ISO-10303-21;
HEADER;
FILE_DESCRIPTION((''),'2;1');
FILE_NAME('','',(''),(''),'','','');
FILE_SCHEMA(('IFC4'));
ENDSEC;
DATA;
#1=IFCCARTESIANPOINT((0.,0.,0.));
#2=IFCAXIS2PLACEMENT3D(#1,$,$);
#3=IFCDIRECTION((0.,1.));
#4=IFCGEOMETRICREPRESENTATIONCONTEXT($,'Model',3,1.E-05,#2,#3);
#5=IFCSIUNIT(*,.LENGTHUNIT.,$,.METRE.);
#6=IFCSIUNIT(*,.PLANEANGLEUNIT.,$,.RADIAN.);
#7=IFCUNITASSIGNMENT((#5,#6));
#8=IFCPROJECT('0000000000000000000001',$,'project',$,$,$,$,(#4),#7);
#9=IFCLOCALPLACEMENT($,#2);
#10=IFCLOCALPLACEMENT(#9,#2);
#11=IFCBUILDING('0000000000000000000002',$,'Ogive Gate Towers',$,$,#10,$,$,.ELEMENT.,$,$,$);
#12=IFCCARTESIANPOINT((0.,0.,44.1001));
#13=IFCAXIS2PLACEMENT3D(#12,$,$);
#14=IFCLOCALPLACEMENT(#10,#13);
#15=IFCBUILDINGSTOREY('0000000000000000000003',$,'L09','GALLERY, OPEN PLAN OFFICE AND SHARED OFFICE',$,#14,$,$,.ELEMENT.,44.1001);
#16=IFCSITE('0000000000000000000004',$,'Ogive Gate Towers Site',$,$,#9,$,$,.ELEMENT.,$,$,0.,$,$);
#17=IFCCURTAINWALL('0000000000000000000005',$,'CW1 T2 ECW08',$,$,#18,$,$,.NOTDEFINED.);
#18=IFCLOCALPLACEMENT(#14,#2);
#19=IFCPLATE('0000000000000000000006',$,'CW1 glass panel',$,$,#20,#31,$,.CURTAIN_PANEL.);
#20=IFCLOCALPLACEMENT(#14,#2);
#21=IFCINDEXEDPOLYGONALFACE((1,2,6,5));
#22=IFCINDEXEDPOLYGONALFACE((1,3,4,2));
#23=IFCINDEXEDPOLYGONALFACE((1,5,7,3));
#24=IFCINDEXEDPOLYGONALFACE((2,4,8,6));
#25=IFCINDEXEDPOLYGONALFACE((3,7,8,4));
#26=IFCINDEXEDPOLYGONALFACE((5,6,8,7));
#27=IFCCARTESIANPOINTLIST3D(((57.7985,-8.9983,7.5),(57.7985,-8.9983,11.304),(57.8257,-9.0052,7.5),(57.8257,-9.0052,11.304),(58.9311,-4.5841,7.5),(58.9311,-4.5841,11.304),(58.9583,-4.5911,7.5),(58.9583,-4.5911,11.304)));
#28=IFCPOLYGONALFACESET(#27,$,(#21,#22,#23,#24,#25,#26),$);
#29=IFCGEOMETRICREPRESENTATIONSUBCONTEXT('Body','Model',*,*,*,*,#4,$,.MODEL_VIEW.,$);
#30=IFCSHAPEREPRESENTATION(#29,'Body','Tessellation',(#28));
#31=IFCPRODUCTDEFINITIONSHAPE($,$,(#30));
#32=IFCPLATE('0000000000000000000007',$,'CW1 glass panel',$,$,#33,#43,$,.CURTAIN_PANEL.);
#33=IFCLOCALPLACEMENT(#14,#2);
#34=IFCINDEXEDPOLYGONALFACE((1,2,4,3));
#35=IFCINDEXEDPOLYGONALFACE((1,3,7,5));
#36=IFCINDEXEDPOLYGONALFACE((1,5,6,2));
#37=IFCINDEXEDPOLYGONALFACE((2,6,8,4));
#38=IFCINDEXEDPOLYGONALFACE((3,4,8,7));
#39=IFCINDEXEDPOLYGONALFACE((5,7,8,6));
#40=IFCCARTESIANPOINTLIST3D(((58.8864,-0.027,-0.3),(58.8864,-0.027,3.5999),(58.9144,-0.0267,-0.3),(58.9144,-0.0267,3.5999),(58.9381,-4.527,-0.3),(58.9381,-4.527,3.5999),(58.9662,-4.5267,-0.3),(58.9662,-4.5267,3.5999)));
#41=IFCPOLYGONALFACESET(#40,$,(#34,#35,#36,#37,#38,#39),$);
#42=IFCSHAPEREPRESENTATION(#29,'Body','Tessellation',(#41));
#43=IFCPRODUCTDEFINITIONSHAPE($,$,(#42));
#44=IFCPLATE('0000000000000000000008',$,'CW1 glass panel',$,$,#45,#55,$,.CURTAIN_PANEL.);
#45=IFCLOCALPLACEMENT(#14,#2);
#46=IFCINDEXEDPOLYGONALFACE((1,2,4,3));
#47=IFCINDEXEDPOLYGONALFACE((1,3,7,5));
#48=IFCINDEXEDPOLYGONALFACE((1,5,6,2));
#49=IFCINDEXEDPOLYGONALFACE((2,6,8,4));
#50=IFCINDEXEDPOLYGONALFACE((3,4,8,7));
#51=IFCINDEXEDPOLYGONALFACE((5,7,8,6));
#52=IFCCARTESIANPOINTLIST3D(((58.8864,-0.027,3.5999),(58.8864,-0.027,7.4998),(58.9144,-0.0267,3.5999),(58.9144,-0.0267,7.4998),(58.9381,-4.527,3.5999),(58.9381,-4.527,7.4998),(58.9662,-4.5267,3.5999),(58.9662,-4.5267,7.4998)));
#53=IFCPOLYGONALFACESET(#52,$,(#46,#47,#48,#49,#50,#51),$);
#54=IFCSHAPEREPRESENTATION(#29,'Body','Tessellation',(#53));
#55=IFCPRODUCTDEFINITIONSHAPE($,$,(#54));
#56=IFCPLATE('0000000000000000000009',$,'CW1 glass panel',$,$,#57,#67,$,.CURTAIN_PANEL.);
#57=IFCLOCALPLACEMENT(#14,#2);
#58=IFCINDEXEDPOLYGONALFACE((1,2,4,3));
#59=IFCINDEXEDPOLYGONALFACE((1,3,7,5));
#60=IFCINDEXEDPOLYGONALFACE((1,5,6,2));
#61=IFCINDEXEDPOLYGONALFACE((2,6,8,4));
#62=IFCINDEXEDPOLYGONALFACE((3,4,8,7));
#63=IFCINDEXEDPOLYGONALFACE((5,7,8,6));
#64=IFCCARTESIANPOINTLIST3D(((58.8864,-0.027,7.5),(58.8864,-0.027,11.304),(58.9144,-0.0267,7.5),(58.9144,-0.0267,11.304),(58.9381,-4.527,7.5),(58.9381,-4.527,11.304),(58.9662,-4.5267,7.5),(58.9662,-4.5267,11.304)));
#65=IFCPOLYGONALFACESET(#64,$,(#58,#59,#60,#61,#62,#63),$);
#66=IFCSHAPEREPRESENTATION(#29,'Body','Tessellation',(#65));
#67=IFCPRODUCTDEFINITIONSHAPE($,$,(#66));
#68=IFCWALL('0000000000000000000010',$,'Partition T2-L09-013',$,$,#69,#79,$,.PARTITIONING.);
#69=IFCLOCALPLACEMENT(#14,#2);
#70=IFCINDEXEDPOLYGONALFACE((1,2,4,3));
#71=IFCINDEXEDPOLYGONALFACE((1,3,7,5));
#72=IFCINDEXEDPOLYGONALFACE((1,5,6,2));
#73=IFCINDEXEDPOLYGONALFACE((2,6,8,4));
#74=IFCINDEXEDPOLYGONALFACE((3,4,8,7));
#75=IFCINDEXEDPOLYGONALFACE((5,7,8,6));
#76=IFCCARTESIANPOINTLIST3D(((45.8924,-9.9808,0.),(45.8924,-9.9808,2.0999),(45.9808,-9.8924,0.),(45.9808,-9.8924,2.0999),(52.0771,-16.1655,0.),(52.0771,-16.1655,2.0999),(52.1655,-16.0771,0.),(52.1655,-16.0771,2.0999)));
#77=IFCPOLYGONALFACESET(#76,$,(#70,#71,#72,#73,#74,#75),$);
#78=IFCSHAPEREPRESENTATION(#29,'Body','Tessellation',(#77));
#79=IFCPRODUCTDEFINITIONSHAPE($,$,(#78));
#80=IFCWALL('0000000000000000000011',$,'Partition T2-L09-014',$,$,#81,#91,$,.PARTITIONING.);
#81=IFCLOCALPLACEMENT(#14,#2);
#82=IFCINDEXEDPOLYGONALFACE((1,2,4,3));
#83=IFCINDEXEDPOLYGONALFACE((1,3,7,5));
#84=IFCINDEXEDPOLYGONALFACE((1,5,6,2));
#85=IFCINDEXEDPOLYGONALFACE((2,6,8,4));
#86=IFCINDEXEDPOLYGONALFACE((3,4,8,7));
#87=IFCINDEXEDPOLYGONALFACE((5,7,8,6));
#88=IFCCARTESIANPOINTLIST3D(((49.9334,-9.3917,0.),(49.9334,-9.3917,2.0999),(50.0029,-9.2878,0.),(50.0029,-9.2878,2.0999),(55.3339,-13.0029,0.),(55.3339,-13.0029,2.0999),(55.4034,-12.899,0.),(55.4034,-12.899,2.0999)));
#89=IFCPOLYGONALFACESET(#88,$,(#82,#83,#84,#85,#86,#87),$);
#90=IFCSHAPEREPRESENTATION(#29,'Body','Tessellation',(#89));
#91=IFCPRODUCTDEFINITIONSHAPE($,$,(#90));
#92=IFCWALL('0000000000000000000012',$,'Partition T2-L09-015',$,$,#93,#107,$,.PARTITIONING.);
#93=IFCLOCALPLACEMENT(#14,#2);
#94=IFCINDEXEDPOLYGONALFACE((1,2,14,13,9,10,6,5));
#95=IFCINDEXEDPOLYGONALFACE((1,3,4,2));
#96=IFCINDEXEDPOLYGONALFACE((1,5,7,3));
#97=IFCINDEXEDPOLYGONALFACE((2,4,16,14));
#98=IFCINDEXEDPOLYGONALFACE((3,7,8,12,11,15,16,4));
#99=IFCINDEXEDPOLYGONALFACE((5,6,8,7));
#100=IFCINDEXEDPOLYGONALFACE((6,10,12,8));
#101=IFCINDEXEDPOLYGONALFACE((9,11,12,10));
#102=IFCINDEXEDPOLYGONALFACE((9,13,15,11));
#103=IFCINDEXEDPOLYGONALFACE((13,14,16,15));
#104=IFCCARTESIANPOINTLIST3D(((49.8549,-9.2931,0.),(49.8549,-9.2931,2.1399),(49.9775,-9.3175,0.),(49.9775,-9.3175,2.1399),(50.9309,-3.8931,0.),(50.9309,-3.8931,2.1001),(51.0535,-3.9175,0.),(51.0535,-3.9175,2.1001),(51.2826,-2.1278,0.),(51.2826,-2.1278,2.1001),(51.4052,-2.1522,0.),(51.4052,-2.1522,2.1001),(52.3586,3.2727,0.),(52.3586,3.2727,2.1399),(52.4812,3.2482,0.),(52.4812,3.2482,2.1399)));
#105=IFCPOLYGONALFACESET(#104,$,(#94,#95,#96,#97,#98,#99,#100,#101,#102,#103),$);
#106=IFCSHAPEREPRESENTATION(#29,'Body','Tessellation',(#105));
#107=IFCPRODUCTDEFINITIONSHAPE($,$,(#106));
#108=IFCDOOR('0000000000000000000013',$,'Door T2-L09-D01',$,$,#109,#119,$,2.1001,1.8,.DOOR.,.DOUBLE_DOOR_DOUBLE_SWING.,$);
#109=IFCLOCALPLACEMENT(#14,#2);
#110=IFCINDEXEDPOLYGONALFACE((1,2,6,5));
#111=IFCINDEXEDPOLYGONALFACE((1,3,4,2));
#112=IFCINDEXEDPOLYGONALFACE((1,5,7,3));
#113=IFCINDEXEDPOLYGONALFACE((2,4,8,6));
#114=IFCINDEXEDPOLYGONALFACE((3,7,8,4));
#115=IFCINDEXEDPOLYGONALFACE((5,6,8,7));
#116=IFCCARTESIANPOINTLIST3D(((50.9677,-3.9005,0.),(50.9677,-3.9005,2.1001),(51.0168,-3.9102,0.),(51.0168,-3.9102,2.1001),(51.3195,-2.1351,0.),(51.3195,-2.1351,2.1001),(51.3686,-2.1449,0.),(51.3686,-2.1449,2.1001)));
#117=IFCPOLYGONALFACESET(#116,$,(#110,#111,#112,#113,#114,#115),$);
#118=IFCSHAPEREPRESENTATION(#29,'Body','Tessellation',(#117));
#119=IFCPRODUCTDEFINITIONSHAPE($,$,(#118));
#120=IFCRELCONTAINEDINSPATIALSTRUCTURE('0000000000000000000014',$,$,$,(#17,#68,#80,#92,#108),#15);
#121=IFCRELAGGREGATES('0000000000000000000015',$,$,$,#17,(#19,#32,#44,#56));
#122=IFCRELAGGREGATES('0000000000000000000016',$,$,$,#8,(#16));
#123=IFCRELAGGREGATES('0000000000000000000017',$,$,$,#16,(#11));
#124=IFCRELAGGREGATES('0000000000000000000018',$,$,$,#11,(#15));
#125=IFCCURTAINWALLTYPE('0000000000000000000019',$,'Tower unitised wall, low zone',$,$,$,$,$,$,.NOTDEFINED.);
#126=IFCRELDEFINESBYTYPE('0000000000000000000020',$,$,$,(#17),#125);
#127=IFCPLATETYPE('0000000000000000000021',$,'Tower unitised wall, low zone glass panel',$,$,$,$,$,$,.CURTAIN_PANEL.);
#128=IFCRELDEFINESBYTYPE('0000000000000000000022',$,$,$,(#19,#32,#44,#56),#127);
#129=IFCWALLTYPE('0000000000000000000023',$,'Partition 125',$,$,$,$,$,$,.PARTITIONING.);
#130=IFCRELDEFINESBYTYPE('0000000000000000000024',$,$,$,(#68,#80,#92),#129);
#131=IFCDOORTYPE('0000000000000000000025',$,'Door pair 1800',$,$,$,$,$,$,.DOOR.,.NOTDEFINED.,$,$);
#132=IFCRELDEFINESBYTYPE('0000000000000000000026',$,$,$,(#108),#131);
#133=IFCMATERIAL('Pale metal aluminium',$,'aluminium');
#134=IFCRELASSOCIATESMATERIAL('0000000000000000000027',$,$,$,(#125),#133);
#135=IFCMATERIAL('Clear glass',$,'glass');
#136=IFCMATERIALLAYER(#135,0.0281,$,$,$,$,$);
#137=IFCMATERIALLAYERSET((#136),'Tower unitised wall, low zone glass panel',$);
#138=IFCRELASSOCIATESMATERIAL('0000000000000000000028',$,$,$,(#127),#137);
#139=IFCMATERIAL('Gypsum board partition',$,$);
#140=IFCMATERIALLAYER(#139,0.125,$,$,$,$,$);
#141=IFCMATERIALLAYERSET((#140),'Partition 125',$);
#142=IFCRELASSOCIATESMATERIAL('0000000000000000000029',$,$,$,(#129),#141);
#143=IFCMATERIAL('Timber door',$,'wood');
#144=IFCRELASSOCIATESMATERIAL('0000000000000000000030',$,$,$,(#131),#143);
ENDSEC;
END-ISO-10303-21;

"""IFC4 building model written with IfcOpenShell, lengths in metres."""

from ifc_helpers import new_model, si_unit, direction, frame, frame_2d, origin, origin_2d, place, context, subcontext, project, spatial, rectangle, extrude, material, layer, layer_set, type_object, element, fill, aggregate, save


model = new_model("IFC4")

# Units and contexts
model_context = context("Model", 3, precision=1e-05, world=origin(), true_north=direction((0.0, 1.0)))
body_context = subcontext(model_context, "Body", "Model", "MODEL_VIEW")
ifc_project = project(units=[si_unit("LENGTHUNIT", "METRE"), si_unit("PLANEANGLEUNIT", "RADIAN")], contexts=[model_context])

# Site, building, storey
site_placement = place(None, origin())
site = spatial("IfcSite", under=ifc_project, at=site_placement, Name="Ogive Gate Towers Site", CompositionType="ELEMENT", RefElevation=0.0)
building_placement = place(site_placement, origin())
building = spatial("IfcBuilding", under=site, at=building_placement, Name="Ogive Gate Towers", CompositionType="ELEMENT")
storey_placement = place(building_placement, frame((0.0, 0.0, 44.1001)))
storey = spatial("IfcBuildingStorey", under=building, at=storey_placement, Name="L09", Description="GALLERY, OPEN PLAN OFFICE AND SHARED OFFICE", CompositionType="ELEMENT", Elevation=44.1001)

# Curtain wall
ifc_material_1 = material(Name="Pale metal aluminium", Category="aluminium")
curtain_wall_type = type_object("IfcCurtainWallType", Name="Tower unitised wall, low zone", PredefinedType="NOTDEFINED", material=ifc_material_1)
curtain_wall_1_placement = place(storey_placement, origin())
curtain_wall_1 = element("IfcCurtainWall", 1, at=curtain_wall_1_placement, inside=storey, type_object=curtain_wall_type, Name="CW1 T2 ECW08", PredefinedType="NOTDEFINED")

# Plates
ifc_material_2 = material(Name="Clear glass", Category="glass")
ifc_layer_1 = layer(ifc_material_2, 0.0281)
ifc_layer_set_1 = layer_set([ifc_layer_1], Name="Tower unitised wall, low zone glass panel")
plate_type = type_object("IfcPlateType", Name="Tower unitised wall, low zone glass panel", PredefinedType="CURTAIN_PANEL", material=ifc_layer_set_1)
plate_1_placement = place(storey_placement, frame((58.3784, -6.7947, 7.5), z_axis=(0.0, 0.0, 1.0), x_axis=(0.248521, 0.968627, 0.0)))
plate_1 = element("IfcPlate", 2, at=plate_1_placement, type_object=plate_type, Name="CW1 glass panel", PredefinedType="CURTAIN_PANEL", context=body_context, shape_type="SweptSolid", body=[
    extrude(rectangle(XDim=4.5571, YDim=0.0281, at=origin_2d()), origin(), (0.0, 0.0, 1.0), 3.804),
])
plate_2_placement = place(storey_placement, frame((58.9263, -2.2769, -0.3), z_axis=(0.0, 0.0, 1.0), x_axis=(-0.011501, 0.999934, 0.0)))
plate_2 = element("IfcPlate", 3, at=plate_2_placement, type_object=plate_type, Name="CW1 glass panel", PredefinedType="CURTAIN_PANEL", context=body_context, shape_type="SweptSolid", body=[
    extrude(rectangle(XDim=4.5002, YDim=0.0281, at=origin_2d()), origin(), (0.0, 0.0, 1.0), 3.8999),
])
plate_3_placement = place(storey_placement, frame((58.9263, -2.2769, 3.5999), z_axis=(0.0, 0.0, 1.0), x_axis=(-0.011501, 0.999934, 0.0)))
plate_3 = element("IfcPlate", 4, at=plate_3_placement, type_object=plate_type, Name="CW1 glass panel", PredefinedType="CURTAIN_PANEL", context=body_context, shape_type="SweptSolid", body=[
    extrude(rectangle(XDim=4.5002, YDim=0.0281, at=origin_2d()), origin(), (0.0, 0.0, 1.0), 3.8999),
])
plate_4_placement = place(storey_placement, frame((58.9263, -2.2769, 7.5), z_axis=(0.0, 0.0, 1.0), x_axis=(-0.011501, 0.999934, 0.0)))
plate_4 = element("IfcPlate", 5, at=plate_4_placement, type_object=plate_type, Name="CW1 glass panel", PredefinedType="CURTAIN_PANEL", context=body_context, shape_type="SweptSolid", body=[
    extrude(rectangle(XDim=4.5002, YDim=0.0281, at=origin_2d()), origin(), (0.0, 0.0, 1.0), 3.804),
])
aggregate(curtain_wall_1, [plate_1, plate_2, plate_3, plate_4])

# Walls
ifc_material_3 = material(Name="Gypsum board partition")
ifc_layer_2 = layer(ifc_material_3, 0.125)
ifc_layer_set_2 = layer_set([ifc_layer_2], Name="Partition 125")
wall_type = type_object("IfcWallType", Name="Partition 125", PredefinedType="PARTITIONING", material=ifc_layer_set_2)
wall_1_placement = place(storey_placement, frame((52.1213, -16.1213, 0.0), z_axis=(0.0, 0.0, 1.0), x_axis=(-0.707107, 0.707107, 0.0)))
element("IfcWall", 6, at=wall_1_placement, inside=storey, type_object=wall_type, Name="Partition T2-L09-013", PredefinedType="PARTITIONING", context=body_context, shape_type="SweptSolid", body=[
    extrude(rectangle(XDim=8.7466, YDim=0.125, at=frame_2d((4.3733, 0.0))), origin(), (0.0, 0.0, 1.0), 2.0999),
])
wall_2_placement = place(storey_placement, frame((55.3687, -12.9509, 0.0), z_axis=(0.0, 0.0, 1.0), x_axis=(-0.831281, 0.555853, 0.0)))
element("IfcWall", 7, at=wall_2_placement, inside=storey, type_object=wall_type, Name="Partition T2-L09-014", PredefinedType="PARTITIONING", context=body_context, shape_type="SweptSolid", body=[
    extrude(rectangle(XDim=6.4966, YDim=0.125, at=frame_2d((3.2483, 0.0))), origin(), (0.0, 0.0, 1.0), 2.0999),
])

# Wall, opening, door
wall_3_placement = place(storey_placement, frame((49.9163, -9.3052, 0.0), z_axis=(0.0, 0.0, 1.0), x_axis=(0.195405, 0.980723, 0.0)))
wall_3 = element("IfcWall", 8, at=wall_3_placement, inside=storey, type_object=wall_type, Name="Partition T2-L09-015", PredefinedType="PARTITIONING", context=body_context, shape_type="SweptSolid", body=[
    extrude(rectangle(XDim=12.8127, YDim=0.125, at=frame_2d((6.4062, 0.0))), origin(), (0.0, 0.0, 1.0), 2.1399),
])
opening_placement = place(wall_3_placement, frame((5.5061, 0.0, 0.0)))
opening = element("IfcOpeningElement", 9, at=opening_placement, cuts=wall_3, PredefinedType="OPENING", context=body_context, shape_type="SweptSolid", body=[
    extrude(rectangle(XDim=1.8, YDim=2.1001, at=frame_2d((0.8999, 1.05))), frame((0.0, 0.0725, 0.0), z_axis=(0.0, -1.0, 0.0), x_axis=(1.0, 0.0, 0.0)), (0.0, 0.0, 1.0), 0.145),
])
ifc_material_4 = material(Name="Timber door", Category="wood")
door_type = type_object("IfcDoorType", Name="Door pair 1800", OperationType="NOTDEFINED", PredefinedType="DOOR", material=ifc_material_4)
door_placement = place(opening_placement, origin())
door = element("IfcDoor", 10, at=door_placement, inside=storey, type_object=door_type, Name="Door T2-L09-D01", OperationType="DOUBLE_DOOR_DOUBLE_SWING", OverallHeight=2.1001, OverallWidth=1.8, PredefinedType="DOOR", context=body_context, shape_type="SweptSolid", body=[
    extrude(rectangle(XDim=1.8, YDim=2.1001, at=frame_2d((0.8999, 1.05))), frame((0.0, 0.0249, 0.0), z_axis=(0.0, -1.0, 0.0), x_axis=(1.0, 0.0, 0.0)), (0.0, 0.0, 1.0), 0.05),
])
fill(opening, door)

save(model, "model.ifc")
